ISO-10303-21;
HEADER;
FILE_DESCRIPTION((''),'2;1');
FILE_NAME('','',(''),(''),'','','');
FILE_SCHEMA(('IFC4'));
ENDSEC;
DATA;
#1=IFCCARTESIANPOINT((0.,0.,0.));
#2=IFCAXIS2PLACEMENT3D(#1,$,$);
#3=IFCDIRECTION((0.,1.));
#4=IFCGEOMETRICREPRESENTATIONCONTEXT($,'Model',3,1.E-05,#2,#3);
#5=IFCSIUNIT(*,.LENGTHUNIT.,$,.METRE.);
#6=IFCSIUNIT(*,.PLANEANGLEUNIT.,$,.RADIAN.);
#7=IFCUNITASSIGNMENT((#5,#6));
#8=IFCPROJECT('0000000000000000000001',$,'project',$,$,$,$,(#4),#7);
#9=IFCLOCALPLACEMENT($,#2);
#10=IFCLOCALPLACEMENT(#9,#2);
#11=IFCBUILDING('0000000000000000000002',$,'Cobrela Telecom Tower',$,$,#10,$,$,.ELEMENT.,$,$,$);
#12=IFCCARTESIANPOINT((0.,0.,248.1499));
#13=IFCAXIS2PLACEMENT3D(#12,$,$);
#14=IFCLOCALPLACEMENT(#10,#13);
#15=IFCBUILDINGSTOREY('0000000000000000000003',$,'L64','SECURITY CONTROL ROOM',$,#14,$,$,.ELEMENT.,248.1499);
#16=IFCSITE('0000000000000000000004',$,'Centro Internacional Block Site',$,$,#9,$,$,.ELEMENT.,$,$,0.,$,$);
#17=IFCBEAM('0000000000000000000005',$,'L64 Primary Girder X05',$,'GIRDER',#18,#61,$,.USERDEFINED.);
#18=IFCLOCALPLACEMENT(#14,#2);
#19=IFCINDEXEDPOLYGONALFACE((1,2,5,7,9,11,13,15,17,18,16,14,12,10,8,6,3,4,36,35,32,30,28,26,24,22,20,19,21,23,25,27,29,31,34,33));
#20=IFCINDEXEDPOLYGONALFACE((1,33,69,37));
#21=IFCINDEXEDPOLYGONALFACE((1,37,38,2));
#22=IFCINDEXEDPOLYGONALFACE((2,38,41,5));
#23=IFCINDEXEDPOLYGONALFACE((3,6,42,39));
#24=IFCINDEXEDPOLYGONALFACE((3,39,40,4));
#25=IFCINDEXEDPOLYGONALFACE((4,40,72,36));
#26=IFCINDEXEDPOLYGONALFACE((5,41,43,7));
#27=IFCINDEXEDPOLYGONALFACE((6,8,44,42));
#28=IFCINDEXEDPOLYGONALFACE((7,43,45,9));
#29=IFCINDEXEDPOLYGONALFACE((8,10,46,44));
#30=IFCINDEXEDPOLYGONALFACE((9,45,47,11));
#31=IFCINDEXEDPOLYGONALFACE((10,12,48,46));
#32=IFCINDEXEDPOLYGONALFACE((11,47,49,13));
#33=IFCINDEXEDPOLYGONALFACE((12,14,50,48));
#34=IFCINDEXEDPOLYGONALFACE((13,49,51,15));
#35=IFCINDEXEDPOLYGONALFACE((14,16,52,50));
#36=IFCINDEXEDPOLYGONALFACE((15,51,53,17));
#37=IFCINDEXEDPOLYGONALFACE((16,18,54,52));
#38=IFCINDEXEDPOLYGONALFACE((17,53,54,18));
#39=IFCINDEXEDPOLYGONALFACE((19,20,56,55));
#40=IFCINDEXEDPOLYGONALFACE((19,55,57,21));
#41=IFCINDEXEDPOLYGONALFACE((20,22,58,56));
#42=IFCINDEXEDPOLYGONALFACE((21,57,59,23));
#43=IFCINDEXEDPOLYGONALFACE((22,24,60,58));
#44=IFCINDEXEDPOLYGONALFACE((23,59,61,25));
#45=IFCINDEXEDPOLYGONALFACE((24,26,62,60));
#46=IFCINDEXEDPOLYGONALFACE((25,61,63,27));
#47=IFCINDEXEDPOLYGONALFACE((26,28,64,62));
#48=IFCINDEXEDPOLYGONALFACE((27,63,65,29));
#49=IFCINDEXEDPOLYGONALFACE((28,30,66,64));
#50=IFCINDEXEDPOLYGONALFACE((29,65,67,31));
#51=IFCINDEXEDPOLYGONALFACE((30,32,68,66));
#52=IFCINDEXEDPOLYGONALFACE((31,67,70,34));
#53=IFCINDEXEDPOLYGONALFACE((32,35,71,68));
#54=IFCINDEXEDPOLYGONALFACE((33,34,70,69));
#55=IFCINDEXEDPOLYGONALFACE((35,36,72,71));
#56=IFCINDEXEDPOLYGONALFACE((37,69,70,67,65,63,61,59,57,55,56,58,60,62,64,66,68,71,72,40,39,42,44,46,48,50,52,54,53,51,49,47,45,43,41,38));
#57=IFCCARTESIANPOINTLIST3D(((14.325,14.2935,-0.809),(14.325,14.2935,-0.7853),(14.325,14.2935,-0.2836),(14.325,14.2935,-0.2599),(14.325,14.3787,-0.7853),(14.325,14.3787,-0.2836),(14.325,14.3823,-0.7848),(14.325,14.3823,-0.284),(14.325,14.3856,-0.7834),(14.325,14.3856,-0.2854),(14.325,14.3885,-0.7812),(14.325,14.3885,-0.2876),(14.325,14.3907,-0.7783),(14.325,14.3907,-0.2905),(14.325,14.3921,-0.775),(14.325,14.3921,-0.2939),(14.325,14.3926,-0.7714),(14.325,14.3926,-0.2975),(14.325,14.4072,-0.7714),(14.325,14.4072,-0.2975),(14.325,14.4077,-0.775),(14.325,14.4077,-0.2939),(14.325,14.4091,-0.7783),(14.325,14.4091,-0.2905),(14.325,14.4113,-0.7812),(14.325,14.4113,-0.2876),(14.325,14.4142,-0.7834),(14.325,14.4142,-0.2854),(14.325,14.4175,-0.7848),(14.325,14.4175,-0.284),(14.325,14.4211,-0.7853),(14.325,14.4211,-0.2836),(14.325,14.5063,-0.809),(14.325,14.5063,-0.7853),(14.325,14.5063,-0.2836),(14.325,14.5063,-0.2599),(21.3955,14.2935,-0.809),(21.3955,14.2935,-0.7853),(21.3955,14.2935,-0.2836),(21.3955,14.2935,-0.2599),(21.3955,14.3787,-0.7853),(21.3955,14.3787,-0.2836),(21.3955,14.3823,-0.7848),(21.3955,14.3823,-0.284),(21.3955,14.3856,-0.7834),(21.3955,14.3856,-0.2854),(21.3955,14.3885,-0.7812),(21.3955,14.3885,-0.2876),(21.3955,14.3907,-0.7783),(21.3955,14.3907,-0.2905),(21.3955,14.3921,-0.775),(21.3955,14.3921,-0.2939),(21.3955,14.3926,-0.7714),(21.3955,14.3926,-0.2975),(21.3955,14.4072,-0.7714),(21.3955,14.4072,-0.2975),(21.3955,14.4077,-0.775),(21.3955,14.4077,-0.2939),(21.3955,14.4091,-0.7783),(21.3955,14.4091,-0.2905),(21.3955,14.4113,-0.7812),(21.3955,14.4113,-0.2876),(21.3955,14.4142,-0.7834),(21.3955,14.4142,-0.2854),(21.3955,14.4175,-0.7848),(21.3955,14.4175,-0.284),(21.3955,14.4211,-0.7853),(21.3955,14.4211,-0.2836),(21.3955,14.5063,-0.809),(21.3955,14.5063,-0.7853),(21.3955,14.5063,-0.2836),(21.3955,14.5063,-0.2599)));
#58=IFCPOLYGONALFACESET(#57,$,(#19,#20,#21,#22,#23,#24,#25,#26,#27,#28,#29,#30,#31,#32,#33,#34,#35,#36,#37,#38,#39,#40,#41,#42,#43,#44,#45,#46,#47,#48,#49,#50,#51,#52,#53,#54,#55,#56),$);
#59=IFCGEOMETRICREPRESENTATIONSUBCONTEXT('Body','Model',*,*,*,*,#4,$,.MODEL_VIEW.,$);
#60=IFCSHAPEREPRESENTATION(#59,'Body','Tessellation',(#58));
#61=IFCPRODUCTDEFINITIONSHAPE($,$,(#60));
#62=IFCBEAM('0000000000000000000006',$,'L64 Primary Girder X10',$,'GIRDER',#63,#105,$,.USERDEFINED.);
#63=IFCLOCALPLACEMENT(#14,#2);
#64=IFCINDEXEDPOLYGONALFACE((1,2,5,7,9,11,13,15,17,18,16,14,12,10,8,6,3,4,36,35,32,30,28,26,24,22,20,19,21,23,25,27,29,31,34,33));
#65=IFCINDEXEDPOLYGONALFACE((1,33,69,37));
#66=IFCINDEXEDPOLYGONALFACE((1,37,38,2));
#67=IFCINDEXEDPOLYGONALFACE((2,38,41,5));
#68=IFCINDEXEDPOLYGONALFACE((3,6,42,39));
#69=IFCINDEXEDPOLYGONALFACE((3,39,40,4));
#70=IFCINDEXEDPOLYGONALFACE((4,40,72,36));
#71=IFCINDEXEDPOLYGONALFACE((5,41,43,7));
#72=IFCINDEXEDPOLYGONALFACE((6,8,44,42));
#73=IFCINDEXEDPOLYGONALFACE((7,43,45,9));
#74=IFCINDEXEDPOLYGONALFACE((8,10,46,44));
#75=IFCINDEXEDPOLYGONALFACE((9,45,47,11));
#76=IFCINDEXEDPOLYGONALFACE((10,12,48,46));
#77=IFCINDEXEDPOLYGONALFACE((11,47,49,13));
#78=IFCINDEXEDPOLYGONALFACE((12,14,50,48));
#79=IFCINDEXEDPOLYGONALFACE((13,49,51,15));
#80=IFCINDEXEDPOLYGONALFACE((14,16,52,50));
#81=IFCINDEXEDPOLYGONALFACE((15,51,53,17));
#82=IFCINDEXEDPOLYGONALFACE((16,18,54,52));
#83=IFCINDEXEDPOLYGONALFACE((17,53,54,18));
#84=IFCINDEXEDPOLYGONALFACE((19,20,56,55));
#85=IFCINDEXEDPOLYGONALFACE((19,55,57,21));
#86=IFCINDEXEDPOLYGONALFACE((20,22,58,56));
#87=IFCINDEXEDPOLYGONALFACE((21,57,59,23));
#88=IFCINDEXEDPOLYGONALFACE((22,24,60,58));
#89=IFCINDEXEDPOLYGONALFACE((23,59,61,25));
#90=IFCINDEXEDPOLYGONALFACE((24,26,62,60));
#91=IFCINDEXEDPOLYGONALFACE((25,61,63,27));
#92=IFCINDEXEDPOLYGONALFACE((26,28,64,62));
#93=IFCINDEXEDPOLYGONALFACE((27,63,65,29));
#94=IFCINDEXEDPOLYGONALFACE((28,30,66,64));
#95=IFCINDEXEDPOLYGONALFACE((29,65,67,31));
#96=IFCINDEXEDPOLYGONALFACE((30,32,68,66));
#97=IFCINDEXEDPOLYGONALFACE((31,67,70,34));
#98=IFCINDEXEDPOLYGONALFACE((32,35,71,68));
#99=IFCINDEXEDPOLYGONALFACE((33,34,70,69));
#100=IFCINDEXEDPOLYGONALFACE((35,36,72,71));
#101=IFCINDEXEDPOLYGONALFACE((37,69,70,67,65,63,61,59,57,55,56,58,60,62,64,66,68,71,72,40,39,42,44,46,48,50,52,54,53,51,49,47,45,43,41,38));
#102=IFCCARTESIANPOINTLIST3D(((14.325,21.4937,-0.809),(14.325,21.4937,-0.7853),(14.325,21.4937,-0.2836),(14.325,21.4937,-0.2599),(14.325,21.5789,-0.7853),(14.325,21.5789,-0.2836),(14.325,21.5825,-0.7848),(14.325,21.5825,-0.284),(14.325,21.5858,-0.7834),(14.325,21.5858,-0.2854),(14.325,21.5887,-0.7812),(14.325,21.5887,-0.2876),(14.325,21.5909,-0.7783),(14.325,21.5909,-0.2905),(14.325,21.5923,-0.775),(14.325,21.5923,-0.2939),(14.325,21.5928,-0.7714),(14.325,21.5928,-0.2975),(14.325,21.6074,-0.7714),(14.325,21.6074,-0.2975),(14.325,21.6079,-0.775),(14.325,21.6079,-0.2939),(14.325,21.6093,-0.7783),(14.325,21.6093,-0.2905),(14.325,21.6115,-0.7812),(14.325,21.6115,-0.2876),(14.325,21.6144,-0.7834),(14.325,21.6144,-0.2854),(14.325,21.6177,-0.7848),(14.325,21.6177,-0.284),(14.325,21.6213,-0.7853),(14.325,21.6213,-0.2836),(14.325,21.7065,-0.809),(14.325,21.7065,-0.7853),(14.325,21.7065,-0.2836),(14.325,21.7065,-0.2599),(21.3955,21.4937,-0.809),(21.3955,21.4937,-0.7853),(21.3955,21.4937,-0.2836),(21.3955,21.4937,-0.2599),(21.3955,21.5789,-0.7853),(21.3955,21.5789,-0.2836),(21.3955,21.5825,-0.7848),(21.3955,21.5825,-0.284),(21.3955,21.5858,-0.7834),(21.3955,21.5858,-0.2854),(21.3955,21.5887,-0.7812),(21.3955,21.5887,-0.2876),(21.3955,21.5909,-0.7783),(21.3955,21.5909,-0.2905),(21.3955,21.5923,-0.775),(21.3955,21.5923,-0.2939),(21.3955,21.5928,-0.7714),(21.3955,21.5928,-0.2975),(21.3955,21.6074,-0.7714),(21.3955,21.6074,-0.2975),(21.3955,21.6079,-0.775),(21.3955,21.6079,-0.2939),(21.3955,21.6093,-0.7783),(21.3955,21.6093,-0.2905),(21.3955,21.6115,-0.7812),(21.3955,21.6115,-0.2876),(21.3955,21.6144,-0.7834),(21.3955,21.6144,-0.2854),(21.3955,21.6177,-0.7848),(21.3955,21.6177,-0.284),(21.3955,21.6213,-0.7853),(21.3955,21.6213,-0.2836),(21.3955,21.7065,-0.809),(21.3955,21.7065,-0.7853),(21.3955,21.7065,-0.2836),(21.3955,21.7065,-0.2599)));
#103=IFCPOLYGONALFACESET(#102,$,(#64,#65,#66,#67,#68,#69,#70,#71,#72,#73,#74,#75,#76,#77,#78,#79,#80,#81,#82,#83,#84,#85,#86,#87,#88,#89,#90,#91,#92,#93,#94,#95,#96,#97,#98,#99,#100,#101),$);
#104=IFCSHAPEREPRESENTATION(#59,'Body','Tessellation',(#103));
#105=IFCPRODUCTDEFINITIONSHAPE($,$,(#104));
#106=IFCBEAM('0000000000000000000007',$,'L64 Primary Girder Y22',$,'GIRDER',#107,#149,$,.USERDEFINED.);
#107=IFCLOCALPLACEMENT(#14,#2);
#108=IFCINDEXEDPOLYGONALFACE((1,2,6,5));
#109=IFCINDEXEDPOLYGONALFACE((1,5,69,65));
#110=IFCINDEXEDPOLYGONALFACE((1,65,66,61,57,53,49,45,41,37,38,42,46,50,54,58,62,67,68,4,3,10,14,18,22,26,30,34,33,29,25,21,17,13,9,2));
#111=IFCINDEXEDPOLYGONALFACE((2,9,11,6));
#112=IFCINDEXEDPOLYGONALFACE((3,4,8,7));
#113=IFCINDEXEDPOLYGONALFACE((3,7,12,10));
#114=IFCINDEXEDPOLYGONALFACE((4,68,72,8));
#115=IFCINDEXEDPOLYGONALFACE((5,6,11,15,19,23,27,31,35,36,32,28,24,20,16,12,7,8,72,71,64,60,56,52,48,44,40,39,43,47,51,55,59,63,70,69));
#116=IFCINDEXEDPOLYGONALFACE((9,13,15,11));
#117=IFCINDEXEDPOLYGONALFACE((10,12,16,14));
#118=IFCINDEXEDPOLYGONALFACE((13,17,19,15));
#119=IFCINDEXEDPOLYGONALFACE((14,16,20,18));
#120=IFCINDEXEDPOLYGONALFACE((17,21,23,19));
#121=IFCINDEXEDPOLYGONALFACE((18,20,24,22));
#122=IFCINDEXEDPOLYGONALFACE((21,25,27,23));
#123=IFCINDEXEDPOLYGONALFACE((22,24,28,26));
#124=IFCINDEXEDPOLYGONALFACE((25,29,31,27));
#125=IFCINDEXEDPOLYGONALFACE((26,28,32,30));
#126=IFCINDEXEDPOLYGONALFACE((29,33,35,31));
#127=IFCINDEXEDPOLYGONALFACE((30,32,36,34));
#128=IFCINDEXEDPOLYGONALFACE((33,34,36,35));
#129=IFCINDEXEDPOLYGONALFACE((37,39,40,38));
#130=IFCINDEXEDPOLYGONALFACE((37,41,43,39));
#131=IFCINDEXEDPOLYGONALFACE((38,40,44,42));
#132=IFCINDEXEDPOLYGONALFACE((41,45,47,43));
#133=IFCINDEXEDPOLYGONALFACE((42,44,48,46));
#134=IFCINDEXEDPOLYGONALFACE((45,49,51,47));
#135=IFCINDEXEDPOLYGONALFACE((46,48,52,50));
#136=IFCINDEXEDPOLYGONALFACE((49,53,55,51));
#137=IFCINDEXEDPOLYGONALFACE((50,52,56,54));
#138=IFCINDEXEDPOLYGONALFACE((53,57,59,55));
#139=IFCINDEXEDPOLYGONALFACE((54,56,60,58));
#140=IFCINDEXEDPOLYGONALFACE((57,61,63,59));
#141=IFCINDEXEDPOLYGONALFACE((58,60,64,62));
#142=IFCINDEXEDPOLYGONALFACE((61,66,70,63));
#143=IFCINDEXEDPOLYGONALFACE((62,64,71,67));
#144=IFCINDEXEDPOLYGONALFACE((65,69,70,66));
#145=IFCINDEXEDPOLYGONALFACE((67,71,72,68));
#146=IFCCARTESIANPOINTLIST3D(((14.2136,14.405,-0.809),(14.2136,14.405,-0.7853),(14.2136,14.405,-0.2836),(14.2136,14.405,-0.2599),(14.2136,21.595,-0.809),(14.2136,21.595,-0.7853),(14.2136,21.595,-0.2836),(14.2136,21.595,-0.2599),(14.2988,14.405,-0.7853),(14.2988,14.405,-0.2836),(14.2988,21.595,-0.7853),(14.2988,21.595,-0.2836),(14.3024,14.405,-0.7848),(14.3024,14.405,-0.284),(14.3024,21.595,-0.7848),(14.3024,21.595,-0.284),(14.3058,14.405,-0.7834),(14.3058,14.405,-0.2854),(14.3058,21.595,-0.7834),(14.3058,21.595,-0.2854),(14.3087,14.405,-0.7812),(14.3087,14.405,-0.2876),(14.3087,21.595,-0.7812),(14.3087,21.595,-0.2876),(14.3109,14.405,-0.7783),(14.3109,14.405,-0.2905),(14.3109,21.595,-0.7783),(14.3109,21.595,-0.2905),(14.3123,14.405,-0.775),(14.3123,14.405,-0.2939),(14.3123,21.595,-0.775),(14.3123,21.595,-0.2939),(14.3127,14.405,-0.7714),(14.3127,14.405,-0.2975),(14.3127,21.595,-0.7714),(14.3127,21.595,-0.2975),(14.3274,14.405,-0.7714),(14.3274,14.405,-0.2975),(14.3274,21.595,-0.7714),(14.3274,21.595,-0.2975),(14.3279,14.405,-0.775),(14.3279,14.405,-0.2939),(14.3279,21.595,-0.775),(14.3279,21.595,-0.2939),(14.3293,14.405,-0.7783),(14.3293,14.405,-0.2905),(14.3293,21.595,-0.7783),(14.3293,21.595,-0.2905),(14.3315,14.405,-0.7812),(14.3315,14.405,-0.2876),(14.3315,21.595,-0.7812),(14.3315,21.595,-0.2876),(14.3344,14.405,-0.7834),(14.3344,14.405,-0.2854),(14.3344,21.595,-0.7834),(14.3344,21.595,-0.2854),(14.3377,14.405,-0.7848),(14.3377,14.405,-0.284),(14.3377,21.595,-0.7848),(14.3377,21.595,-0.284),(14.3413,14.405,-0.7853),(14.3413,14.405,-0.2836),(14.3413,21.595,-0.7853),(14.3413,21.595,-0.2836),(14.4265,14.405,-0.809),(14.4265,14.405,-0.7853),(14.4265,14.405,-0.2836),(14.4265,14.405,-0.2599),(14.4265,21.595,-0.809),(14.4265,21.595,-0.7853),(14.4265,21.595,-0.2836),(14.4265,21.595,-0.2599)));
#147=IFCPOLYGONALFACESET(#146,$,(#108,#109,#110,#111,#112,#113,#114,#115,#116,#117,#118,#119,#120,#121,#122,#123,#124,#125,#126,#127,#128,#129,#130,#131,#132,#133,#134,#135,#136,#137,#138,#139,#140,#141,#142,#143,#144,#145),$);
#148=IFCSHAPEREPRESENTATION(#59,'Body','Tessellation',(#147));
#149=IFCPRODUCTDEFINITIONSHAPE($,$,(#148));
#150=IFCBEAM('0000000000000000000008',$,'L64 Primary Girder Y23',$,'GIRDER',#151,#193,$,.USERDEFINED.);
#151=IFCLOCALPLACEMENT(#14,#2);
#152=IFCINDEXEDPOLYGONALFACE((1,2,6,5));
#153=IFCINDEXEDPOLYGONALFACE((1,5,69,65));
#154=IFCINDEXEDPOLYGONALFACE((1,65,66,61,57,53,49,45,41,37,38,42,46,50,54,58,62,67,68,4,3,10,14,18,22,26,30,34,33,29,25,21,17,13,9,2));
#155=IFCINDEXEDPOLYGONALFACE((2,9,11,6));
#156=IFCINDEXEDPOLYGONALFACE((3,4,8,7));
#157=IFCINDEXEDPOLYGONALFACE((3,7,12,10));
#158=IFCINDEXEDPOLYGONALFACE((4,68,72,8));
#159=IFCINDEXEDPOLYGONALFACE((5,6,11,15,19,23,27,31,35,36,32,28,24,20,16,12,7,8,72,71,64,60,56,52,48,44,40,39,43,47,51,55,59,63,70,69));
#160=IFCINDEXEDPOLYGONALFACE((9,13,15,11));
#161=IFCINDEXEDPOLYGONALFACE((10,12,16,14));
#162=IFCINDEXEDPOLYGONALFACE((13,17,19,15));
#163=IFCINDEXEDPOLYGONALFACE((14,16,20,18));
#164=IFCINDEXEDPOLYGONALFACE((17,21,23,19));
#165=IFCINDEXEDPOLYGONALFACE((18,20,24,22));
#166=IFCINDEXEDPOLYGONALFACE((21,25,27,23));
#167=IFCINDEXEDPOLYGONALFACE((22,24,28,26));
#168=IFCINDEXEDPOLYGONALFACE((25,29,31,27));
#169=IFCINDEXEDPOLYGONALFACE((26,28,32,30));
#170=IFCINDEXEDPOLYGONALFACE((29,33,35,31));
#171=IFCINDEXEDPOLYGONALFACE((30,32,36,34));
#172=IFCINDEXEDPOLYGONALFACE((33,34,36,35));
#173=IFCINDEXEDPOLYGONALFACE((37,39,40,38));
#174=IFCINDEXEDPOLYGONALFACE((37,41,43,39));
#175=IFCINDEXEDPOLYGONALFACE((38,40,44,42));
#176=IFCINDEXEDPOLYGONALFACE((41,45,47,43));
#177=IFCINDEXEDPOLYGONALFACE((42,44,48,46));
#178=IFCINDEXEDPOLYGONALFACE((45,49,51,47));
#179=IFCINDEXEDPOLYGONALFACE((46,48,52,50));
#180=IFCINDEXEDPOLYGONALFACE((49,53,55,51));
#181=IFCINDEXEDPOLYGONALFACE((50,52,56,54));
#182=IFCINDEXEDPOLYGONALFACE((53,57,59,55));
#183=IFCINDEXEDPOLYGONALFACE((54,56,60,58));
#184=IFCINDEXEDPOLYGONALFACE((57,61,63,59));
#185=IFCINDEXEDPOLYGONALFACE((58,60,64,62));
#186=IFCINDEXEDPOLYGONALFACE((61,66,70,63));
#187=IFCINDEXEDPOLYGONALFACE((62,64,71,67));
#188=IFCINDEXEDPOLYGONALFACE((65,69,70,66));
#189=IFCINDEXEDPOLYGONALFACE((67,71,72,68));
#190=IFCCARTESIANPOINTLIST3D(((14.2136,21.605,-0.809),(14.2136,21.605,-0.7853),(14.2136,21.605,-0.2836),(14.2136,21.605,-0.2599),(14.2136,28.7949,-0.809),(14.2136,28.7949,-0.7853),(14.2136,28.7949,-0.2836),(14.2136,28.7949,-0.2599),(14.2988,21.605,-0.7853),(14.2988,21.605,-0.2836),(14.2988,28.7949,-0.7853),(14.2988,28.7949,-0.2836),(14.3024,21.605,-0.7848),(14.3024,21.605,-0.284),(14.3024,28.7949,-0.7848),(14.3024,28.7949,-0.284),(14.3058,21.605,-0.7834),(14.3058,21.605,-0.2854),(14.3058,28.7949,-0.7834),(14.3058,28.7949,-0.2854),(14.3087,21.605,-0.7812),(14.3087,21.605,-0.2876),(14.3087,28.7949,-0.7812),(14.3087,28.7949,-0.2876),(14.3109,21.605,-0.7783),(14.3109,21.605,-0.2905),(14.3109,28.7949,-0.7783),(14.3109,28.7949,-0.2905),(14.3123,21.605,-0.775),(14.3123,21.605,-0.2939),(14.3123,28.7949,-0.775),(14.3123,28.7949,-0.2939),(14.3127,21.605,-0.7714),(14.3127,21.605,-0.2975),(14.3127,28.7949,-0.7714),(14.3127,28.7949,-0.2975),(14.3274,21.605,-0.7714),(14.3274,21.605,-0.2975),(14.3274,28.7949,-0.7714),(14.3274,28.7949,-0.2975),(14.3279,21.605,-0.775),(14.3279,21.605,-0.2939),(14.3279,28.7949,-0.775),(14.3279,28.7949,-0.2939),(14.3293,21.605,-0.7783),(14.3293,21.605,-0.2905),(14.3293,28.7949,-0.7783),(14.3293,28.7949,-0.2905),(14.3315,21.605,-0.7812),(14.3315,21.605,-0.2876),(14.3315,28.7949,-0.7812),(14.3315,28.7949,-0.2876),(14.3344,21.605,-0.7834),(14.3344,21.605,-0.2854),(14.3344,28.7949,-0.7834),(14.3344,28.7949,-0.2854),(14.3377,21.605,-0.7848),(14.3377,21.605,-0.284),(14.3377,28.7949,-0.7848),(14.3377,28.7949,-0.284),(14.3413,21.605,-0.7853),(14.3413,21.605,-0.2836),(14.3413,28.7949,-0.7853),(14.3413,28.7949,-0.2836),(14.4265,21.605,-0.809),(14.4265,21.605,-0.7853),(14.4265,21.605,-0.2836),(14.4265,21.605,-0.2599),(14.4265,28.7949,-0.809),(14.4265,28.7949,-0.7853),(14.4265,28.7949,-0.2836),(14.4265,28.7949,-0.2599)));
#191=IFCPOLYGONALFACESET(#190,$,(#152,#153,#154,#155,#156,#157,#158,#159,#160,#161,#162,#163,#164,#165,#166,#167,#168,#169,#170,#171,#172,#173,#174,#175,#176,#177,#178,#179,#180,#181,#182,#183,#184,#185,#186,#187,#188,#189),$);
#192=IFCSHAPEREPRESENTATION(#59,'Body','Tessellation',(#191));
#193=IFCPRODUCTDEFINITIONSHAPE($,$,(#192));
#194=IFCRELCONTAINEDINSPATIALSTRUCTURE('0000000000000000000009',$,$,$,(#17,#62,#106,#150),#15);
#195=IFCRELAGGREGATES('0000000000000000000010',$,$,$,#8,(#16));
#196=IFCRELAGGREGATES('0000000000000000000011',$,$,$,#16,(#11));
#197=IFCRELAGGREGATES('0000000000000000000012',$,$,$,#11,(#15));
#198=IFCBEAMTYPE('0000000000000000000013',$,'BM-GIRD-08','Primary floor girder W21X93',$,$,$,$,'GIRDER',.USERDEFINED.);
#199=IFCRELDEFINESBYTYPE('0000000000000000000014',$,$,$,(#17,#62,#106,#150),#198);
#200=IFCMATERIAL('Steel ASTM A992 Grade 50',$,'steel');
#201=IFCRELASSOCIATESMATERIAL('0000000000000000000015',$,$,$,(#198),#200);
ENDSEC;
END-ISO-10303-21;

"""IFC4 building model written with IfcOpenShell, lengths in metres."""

from ifc_helpers import new_model, si_unit, direction, frame, origin, origin_2d, place, context, subcontext, project, spatial, i_section, extrude, material, material_profile, profile_set, type_object, element, save


model = new_model("IFC4")

# Units and contexts
model_context = context("Model", 3, precision=1e-05, world=origin(), true_north=direction((0.0, 1.0)))
body_context = subcontext(model_context, "Body", "Model", "MODEL_VIEW")
ifc_project = project(units=[si_unit("LENGTHUNIT", "METRE"), si_unit("PLANEANGLEUNIT", "RADIAN")], contexts=[model_context])

# Site, building, storey
site_placement = place(None, origin())
site = spatial("IfcSite", under=ifc_project, at=site_placement, Name="Centro Internacional Block Site", CompositionType="ELEMENT", RefElevation=0.0)
building_placement = place(site_placement, origin())
building = spatial("IfcBuilding", under=site, at=building_placement, Name="Cobrela Telecom Tower", CompositionType="ELEMENT")
storey_placement = place(building_placement, frame((0.0, 0.0, 248.1499)))
storey = spatial("IfcBuildingStorey", under=building, at=storey_placement, Name="L64", Description="SECURITY CONTROL ROOM", CompositionType="ELEMENT", Elevation=248.1499)

# Beams
ifc_material_1 = material(Name="Steel ASTM A992 Grade 50", Category="steel")
ifc_material_profile_1 = material_profile(ifc_material_1, i_section(OverallWidth=0.2129, OverallDepth=0.5491, WebThickness=0.0146, FlangeThickness=0.0237, FilletRadius=0.0139, at=origin_2d()), Name="W21X93")
ifc_profile_set_1 = profile_set([ifc_material_profile_1], Name="Steel ASTM A992 Grade 50")
beam_type_1 = type_object("IfcBeamType", Name="BM-GIRD-08", Description="Primary floor girder W21X93", ElementType="GIRDER", PredefinedType="USERDEFINED", material=ifc_profile_set_1)
for number, where, z_axis, x_axis, name in (
    (1, (14.325, 14.3999, -0.5344), (1.0, 0.0, 0.0), (0.0, 1.0, 0.0), "L64 Primary Girder X05"),
    (2, (14.325, 21.6001, -0.5344), (1.0, 0.0, 0.0), (0.0, 1.0, 0.0), "L64 Primary Girder X10"),
):
    element("IfcBeam", number, at=place(storey_placement, frame(where, z_axis=z_axis, x_axis=x_axis)), inside=storey, type_object=beam_type_1, Name=name, ObjectType="GIRDER", PredefinedType="USERDEFINED", context=body_context, shape_type="SweptSolid", body=[
        extrude(i_section(OverallWidth=0.2129, OverallDepth=0.5491, WebThickness=0.0146, FlangeThickness=0.0237, FilletRadius=0.0139, at=origin_2d()), origin(), (0.0, 0.0, 1.0), 7.0706),
    ])
for number, where, z_axis, x_axis, name in (
    (3, (14.3201, 14.405, -0.5344), (0.0, 1.0, 0.0), (-1.0, 0.0, 0.0), "L64 Primary Girder Y22"),
    (4, (14.3201, 21.605, -0.5344), (0.0, 1.0, 0.0), (-1.0, 0.0, 0.0), "L64 Primary Girder Y23"),
):
    element("IfcBeam", number, at=place(storey_placement, frame(where, z_axis=z_axis, x_axis=x_axis)), inside=storey, type_object=beam_type_1, Name=name, ObjectType="GIRDER", PredefinedType="USERDEFINED", context=body_context, shape_type="SweptSolid", body=[
        extrude(i_section(OverallWidth=0.2129, OverallDepth=0.5491, WebThickness=0.0146, FlangeThickness=0.0237, FilletRadius=0.0139, at=origin_2d()), origin(), (0.0, 0.0, 1.0), 7.1899),
    ])

save(model, "model.ifc")
